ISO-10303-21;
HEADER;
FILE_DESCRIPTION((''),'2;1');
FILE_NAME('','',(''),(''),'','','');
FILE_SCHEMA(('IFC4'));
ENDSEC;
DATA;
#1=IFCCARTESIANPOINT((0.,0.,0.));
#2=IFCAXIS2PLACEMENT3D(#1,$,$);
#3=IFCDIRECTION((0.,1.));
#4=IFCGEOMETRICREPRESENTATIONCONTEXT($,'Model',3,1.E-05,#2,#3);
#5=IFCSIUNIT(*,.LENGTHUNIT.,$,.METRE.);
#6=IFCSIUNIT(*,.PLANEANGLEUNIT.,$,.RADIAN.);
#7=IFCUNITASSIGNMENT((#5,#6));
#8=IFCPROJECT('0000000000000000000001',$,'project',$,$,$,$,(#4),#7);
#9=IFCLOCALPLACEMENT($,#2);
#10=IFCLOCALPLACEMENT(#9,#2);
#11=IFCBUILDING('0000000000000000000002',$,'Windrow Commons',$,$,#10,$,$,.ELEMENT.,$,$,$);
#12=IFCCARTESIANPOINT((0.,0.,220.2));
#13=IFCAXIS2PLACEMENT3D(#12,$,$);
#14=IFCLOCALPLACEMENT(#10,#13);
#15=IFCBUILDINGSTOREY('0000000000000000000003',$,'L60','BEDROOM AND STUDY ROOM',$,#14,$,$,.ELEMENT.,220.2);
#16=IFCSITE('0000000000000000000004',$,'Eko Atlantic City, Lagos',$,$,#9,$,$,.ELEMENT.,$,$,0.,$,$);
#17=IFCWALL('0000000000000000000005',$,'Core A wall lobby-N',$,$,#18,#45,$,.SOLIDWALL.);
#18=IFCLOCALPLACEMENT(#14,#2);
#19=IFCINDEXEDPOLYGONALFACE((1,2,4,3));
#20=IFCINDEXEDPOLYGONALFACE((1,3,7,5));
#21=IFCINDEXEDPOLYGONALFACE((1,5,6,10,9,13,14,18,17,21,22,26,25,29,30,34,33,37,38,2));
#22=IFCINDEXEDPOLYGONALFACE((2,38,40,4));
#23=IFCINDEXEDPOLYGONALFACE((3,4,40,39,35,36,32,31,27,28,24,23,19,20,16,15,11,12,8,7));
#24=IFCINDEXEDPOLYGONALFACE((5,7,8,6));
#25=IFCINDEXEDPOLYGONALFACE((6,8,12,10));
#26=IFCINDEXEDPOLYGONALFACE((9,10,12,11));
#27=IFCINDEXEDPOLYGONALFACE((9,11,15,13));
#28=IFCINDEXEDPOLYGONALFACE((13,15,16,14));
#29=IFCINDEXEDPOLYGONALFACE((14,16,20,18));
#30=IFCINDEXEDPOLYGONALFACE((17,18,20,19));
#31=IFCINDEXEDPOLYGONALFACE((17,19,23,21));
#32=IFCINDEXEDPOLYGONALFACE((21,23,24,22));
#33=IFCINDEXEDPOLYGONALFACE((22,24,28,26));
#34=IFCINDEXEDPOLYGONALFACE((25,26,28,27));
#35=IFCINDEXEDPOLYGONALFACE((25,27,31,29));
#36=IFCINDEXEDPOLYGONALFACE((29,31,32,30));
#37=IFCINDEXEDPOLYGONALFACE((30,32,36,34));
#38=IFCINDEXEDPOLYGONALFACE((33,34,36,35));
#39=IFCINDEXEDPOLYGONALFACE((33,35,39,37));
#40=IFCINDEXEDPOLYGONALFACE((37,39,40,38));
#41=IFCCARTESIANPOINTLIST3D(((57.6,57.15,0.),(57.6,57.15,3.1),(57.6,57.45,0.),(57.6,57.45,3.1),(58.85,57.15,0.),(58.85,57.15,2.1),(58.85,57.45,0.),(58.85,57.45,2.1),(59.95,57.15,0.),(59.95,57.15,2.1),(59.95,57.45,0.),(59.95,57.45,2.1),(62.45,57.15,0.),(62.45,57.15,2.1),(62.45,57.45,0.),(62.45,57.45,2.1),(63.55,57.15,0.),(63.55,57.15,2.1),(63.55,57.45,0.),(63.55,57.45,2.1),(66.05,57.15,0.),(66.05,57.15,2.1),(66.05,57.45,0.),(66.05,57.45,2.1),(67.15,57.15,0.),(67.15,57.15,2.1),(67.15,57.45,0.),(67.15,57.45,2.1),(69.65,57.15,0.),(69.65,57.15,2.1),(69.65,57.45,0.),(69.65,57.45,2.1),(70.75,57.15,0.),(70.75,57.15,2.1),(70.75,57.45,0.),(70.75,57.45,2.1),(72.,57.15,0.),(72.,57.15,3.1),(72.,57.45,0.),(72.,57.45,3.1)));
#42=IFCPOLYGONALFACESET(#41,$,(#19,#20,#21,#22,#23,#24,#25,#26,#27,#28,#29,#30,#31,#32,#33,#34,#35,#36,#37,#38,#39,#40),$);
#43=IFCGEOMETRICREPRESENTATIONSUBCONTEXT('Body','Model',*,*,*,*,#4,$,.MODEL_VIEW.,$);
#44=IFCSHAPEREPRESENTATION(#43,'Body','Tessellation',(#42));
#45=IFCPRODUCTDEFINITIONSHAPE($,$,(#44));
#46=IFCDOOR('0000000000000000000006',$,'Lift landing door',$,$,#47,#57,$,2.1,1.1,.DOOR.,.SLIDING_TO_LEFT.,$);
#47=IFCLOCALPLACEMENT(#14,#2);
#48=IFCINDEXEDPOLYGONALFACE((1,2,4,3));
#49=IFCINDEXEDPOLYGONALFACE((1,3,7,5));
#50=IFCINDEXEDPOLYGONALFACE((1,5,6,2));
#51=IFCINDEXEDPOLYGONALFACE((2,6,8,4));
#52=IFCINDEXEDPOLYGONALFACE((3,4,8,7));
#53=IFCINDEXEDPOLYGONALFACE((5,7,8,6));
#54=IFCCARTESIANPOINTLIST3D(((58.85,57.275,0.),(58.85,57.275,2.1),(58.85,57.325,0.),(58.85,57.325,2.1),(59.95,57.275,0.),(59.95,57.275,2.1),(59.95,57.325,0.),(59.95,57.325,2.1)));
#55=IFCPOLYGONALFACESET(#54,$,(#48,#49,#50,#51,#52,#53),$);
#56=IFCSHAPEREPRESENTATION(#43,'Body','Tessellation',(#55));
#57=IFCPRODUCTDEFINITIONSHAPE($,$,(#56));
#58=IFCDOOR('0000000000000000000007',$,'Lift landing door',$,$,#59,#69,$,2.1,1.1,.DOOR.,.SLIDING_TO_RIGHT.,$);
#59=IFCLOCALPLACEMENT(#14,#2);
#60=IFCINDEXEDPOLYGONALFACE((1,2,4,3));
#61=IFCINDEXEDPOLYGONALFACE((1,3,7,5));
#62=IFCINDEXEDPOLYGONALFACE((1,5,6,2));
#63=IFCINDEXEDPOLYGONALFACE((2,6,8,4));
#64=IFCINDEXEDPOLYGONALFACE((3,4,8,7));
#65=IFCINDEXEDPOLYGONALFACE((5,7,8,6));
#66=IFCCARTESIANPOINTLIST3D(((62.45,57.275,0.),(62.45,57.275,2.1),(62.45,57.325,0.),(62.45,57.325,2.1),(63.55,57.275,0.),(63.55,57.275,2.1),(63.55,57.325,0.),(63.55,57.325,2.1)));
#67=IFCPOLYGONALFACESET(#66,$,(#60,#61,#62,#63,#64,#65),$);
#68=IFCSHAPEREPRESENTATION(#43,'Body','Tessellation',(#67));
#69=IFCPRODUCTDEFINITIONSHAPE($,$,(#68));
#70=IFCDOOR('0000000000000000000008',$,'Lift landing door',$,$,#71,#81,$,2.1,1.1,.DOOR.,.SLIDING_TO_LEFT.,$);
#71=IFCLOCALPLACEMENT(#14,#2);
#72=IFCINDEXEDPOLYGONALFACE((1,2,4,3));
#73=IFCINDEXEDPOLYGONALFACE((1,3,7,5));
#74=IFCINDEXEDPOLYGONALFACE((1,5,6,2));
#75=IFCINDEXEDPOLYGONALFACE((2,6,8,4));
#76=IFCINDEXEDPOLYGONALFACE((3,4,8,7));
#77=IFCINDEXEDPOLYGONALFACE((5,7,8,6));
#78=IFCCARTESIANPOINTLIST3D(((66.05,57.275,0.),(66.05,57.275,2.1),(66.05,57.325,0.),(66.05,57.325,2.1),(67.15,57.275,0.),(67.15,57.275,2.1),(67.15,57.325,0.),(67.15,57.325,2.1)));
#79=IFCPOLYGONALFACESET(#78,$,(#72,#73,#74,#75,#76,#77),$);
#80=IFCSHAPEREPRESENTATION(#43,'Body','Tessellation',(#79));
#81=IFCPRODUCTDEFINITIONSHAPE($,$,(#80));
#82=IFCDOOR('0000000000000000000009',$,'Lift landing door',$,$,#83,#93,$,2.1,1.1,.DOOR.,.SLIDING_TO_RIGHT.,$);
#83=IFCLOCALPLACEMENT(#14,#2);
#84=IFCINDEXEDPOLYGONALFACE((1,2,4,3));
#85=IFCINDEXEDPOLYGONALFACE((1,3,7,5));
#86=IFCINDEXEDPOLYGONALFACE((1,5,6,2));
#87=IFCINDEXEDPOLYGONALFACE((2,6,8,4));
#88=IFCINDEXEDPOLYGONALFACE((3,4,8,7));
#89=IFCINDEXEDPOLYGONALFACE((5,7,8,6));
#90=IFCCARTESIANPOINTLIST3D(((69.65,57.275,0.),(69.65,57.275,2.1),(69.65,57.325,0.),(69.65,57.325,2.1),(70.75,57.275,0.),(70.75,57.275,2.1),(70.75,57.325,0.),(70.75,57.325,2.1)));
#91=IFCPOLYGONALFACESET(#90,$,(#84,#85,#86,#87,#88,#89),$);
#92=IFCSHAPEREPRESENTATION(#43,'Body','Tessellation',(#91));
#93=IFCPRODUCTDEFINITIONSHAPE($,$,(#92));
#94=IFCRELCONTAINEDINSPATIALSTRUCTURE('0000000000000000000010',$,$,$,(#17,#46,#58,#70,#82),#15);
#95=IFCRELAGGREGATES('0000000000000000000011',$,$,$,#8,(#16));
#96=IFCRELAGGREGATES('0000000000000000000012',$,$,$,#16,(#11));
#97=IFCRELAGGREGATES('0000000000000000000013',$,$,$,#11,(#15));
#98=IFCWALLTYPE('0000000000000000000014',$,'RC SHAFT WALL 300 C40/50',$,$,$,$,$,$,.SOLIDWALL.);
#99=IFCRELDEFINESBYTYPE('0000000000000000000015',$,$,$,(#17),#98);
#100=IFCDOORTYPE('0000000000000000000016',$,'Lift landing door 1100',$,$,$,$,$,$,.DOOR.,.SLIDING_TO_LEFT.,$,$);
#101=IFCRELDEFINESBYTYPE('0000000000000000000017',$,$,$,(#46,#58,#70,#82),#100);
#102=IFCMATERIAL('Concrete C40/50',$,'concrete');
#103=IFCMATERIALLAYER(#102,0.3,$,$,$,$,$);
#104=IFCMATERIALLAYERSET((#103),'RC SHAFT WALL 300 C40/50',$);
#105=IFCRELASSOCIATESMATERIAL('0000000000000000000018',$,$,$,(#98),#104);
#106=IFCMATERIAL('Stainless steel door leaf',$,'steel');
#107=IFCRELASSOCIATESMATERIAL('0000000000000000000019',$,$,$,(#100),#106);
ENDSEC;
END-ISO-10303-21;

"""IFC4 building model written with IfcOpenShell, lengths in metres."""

from ifc_helpers import new_model, si_unit, direction, frame, frame_2d, origin, place, context, subcontext, project, spatial, rectangle, extrude, material, layer, layer_set, type_object, element, fill, save


model = new_model("IFC4")

# Units and contexts
model_context = context("Model", 3, precision=1e-05, world=origin(), true_north=direction((0.0, 1.0)))
body_context = subcontext(model_context, "Body", "Model", "MODEL_VIEW")
ifc_project = project(units=[si_unit("LENGTHUNIT", "METRE"), si_unit("PLANEANGLEUNIT", "RADIAN")], contexts=[model_context])

# Site, building, storey
site_placement = place(None, origin())
site = spatial("IfcSite", under=ifc_project, at=site_placement, Name="Eko Atlantic City, Lagos", CompositionType="ELEMENT", RefElevation=0.0)
building_placement = place(site_placement, origin())
building = spatial("IfcBuilding", under=site, at=building_placement, Name="Windrow Commons", CompositionType="ELEMENT")
storey_placement = place(building_placement, frame((0.0, 0.0, 220.2)))
storey = spatial("IfcBuildingStorey", under=building, at=storey_placement, Name="L60", Description="BEDROOM AND STUDY ROOM", CompositionType="ELEMENT", Elevation=220.2)

# Wall, openings, doors
ifc_material_1 = material(Name="Concrete C40/50", Category="concrete")
ifc_layer_1 = layer(ifc_material_1, 0.3)
ifc_layer_set_1 = layer_set([ifc_layer_1], Name="RC SHAFT WALL 300 C40/50")
wall_type_1 = type_object("IfcWallType", Name="RC SHAFT WALL 300 C40/50", PredefinedType="SOLIDWALL", material=ifc_layer_set_1)
ifc_material_2 = material(Name="Stainless steel door leaf", Category="steel")
door_type_1 = type_object("IfcDoorType", Name="Lift landing door 1100", OperationType="SLIDING_TO_LEFT", PredefinedType="DOOR", material=ifc_material_2)
wall_1_placement = place(storey_placement, frame((57.6, 57.3, 0.0), z_axis=(0.0, 0.0, 1.0), x_axis=(1.0, 0.0, 0.0)))
wall_1 = element("IfcWall", 1, at=wall_1_placement, inside=storey, type_object=wall_type_1, Name="Core A wall lobby-N", PredefinedType="SOLIDWALL", context=body_context, shape_type="SweptSolid", body=[
    extrude(rectangle(XDim=14.4, YDim=0.3, at=frame_2d((7.2, 0.0))), origin(), (0.0, 0.0, 1.0), 3.1),
])
opening_1_placement = place(wall_1_placement, frame((1.25, 0.0, 0.0)))
opening_1 = element("IfcOpeningElement", 2, at=opening_1_placement, cuts=wall_1, PredefinedType="OPENING", context=body_context, shape_type="SweptSolid", body=[
    extrude(rectangle(XDim=1.1, YDim=2.1, at=frame_2d((0.55, 1.05))), frame((0.0, 0.16, 0.0), z_axis=(0.0, -1.0, 0.0), x_axis=(1.0, 0.0, 0.0)), (0.0, 0.0, 1.0), 0.32),
])
opening_2_placement = place(wall_1_placement, frame((4.85, 0.0, 0.0)))
opening_2 = element("IfcOpeningElement", 3, at=opening_2_placement, cuts=wall_1, PredefinedType="OPENING", context=body_context, shape_type="SweptSolid", body=[
    extrude(rectangle(XDim=1.1, YDim=2.1, at=frame_2d((0.55, 1.05))), frame((0.0, 0.16, 0.0), z_axis=(0.0, -1.0, 0.0), x_axis=(1.0, 0.0, 0.0)), (0.0, 0.0, 1.0), 0.32),
])
opening_3_placement = place(wall_1_placement, frame((8.45, 0.0, 0.0)))
opening_3 = element("IfcOpeningElement", 4, at=opening_3_placement, cuts=wall_1, PredefinedType="OPENING", context=body_context, shape_type="SweptSolid", body=[
    extrude(rectangle(XDim=1.1, YDim=2.1, at=frame_2d((0.55, 1.05))), frame((0.0, 0.16, 0.0), z_axis=(0.0, -1.0, 0.0), x_axis=(1.0, 0.0, 0.0)), (0.0, 0.0, 1.0), 0.32),
])
opening_4_placement = place(wall_1_placement, frame((12.05, 0.0, 0.0)))
opening_4 = element("IfcOpeningElement", 5, at=opening_4_placement, cuts=wall_1, PredefinedType="OPENING", context=body_context, shape_type="SweptSolid", body=[
    extrude(rectangle(XDim=1.1, YDim=2.1, at=frame_2d((0.55, 1.05))), frame((0.0, 0.16, 0.0), z_axis=(0.0, -1.0, 0.0), x_axis=(1.0, 0.0, 0.0)), (0.0, 0.0, 1.0), 0.32),
])
door_1_placement = place(opening_1_placement, origin())
door_1 = element("IfcDoor", 6, at=door_1_placement, inside=storey, type_object=door_type_1, Name="Lift landing door", OperationType="SLIDING_TO_LEFT", OverallHeight=2.1, OverallWidth=1.1, PredefinedType="DOOR", context=body_context, shape_type="SweptSolid", body=[
    extrude(rectangle(XDim=1.1, YDim=2.1, at=frame_2d((0.55, 1.05))), frame((0.0, 0.025, 0.0), z_axis=(0.0, -1.0, 0.0), x_axis=(1.0, 0.0, 0.0)), (0.0, 0.0, 1.0), 0.05),
])
fill(opening_1, door_1)
door_2_placement = place(opening_2_placement, origin())
door_2 = element("IfcDoor", 7, at=door_2_placement, inside=storey, type_object=door_type_1, Name="Lift landing door", OperationType="SLIDING_TO_RIGHT", OverallHeight=2.1, OverallWidth=1.1, PredefinedType="DOOR", context=body_context, shape_type="SweptSolid", body=[
    extrude(rectangle(XDim=1.1, YDim=2.1, at=frame_2d((0.55, 1.05))), frame((0.0, 0.025, 0.0), z_axis=(0.0, -1.0, 0.0), x_axis=(1.0, 0.0, 0.0)), (0.0, 0.0, 1.0), 0.05),
])
fill(opening_2, door_2)
door_3_placement = place(opening_3_placement, origin())
door_3 = element("IfcDoor", 8, at=door_3_placement, inside=storey, type_object=door_type_1, Name="Lift landing door", OperationType="SLIDING_TO_LEFT", OverallHeight=2.1, OverallWidth=1.1, PredefinedType="DOOR", context=body_context, shape_type="SweptSolid", body=[
    extrude(rectangle(XDim=1.1, YDim=2.1, at=frame_2d((0.55, 1.05))), frame((0.0, 0.025, 0.0), z_axis=(0.0, -1.0, 0.0), x_axis=(1.0, 0.0, 0.0)), (0.0, 0.0, 1.0), 0.05),
])
fill(opening_3, door_3)
door_4_placement = place(opening_4_placement, origin())
door_4 = element("IfcDoor", 9, at=door_4_placement, inside=storey, type_object=door_type_1, Name="Lift landing door", OperationType="SLIDING_TO_RIGHT", OverallHeight=2.1, OverallWidth=1.1, PredefinedType="DOOR", context=body_context, shape_type="SweptSolid", body=[
    extrude(rectangle(XDim=1.1, YDim=2.1, at=frame_2d((0.55, 1.05))), frame((0.0, 0.025, 0.0), z_axis=(0.0, -1.0, 0.0), x_axis=(1.0, 0.0, 0.0)), (0.0, 0.0, 1.0), 0.05),
])
fill(opening_4, door_4)

save(model, "model.ifc")
